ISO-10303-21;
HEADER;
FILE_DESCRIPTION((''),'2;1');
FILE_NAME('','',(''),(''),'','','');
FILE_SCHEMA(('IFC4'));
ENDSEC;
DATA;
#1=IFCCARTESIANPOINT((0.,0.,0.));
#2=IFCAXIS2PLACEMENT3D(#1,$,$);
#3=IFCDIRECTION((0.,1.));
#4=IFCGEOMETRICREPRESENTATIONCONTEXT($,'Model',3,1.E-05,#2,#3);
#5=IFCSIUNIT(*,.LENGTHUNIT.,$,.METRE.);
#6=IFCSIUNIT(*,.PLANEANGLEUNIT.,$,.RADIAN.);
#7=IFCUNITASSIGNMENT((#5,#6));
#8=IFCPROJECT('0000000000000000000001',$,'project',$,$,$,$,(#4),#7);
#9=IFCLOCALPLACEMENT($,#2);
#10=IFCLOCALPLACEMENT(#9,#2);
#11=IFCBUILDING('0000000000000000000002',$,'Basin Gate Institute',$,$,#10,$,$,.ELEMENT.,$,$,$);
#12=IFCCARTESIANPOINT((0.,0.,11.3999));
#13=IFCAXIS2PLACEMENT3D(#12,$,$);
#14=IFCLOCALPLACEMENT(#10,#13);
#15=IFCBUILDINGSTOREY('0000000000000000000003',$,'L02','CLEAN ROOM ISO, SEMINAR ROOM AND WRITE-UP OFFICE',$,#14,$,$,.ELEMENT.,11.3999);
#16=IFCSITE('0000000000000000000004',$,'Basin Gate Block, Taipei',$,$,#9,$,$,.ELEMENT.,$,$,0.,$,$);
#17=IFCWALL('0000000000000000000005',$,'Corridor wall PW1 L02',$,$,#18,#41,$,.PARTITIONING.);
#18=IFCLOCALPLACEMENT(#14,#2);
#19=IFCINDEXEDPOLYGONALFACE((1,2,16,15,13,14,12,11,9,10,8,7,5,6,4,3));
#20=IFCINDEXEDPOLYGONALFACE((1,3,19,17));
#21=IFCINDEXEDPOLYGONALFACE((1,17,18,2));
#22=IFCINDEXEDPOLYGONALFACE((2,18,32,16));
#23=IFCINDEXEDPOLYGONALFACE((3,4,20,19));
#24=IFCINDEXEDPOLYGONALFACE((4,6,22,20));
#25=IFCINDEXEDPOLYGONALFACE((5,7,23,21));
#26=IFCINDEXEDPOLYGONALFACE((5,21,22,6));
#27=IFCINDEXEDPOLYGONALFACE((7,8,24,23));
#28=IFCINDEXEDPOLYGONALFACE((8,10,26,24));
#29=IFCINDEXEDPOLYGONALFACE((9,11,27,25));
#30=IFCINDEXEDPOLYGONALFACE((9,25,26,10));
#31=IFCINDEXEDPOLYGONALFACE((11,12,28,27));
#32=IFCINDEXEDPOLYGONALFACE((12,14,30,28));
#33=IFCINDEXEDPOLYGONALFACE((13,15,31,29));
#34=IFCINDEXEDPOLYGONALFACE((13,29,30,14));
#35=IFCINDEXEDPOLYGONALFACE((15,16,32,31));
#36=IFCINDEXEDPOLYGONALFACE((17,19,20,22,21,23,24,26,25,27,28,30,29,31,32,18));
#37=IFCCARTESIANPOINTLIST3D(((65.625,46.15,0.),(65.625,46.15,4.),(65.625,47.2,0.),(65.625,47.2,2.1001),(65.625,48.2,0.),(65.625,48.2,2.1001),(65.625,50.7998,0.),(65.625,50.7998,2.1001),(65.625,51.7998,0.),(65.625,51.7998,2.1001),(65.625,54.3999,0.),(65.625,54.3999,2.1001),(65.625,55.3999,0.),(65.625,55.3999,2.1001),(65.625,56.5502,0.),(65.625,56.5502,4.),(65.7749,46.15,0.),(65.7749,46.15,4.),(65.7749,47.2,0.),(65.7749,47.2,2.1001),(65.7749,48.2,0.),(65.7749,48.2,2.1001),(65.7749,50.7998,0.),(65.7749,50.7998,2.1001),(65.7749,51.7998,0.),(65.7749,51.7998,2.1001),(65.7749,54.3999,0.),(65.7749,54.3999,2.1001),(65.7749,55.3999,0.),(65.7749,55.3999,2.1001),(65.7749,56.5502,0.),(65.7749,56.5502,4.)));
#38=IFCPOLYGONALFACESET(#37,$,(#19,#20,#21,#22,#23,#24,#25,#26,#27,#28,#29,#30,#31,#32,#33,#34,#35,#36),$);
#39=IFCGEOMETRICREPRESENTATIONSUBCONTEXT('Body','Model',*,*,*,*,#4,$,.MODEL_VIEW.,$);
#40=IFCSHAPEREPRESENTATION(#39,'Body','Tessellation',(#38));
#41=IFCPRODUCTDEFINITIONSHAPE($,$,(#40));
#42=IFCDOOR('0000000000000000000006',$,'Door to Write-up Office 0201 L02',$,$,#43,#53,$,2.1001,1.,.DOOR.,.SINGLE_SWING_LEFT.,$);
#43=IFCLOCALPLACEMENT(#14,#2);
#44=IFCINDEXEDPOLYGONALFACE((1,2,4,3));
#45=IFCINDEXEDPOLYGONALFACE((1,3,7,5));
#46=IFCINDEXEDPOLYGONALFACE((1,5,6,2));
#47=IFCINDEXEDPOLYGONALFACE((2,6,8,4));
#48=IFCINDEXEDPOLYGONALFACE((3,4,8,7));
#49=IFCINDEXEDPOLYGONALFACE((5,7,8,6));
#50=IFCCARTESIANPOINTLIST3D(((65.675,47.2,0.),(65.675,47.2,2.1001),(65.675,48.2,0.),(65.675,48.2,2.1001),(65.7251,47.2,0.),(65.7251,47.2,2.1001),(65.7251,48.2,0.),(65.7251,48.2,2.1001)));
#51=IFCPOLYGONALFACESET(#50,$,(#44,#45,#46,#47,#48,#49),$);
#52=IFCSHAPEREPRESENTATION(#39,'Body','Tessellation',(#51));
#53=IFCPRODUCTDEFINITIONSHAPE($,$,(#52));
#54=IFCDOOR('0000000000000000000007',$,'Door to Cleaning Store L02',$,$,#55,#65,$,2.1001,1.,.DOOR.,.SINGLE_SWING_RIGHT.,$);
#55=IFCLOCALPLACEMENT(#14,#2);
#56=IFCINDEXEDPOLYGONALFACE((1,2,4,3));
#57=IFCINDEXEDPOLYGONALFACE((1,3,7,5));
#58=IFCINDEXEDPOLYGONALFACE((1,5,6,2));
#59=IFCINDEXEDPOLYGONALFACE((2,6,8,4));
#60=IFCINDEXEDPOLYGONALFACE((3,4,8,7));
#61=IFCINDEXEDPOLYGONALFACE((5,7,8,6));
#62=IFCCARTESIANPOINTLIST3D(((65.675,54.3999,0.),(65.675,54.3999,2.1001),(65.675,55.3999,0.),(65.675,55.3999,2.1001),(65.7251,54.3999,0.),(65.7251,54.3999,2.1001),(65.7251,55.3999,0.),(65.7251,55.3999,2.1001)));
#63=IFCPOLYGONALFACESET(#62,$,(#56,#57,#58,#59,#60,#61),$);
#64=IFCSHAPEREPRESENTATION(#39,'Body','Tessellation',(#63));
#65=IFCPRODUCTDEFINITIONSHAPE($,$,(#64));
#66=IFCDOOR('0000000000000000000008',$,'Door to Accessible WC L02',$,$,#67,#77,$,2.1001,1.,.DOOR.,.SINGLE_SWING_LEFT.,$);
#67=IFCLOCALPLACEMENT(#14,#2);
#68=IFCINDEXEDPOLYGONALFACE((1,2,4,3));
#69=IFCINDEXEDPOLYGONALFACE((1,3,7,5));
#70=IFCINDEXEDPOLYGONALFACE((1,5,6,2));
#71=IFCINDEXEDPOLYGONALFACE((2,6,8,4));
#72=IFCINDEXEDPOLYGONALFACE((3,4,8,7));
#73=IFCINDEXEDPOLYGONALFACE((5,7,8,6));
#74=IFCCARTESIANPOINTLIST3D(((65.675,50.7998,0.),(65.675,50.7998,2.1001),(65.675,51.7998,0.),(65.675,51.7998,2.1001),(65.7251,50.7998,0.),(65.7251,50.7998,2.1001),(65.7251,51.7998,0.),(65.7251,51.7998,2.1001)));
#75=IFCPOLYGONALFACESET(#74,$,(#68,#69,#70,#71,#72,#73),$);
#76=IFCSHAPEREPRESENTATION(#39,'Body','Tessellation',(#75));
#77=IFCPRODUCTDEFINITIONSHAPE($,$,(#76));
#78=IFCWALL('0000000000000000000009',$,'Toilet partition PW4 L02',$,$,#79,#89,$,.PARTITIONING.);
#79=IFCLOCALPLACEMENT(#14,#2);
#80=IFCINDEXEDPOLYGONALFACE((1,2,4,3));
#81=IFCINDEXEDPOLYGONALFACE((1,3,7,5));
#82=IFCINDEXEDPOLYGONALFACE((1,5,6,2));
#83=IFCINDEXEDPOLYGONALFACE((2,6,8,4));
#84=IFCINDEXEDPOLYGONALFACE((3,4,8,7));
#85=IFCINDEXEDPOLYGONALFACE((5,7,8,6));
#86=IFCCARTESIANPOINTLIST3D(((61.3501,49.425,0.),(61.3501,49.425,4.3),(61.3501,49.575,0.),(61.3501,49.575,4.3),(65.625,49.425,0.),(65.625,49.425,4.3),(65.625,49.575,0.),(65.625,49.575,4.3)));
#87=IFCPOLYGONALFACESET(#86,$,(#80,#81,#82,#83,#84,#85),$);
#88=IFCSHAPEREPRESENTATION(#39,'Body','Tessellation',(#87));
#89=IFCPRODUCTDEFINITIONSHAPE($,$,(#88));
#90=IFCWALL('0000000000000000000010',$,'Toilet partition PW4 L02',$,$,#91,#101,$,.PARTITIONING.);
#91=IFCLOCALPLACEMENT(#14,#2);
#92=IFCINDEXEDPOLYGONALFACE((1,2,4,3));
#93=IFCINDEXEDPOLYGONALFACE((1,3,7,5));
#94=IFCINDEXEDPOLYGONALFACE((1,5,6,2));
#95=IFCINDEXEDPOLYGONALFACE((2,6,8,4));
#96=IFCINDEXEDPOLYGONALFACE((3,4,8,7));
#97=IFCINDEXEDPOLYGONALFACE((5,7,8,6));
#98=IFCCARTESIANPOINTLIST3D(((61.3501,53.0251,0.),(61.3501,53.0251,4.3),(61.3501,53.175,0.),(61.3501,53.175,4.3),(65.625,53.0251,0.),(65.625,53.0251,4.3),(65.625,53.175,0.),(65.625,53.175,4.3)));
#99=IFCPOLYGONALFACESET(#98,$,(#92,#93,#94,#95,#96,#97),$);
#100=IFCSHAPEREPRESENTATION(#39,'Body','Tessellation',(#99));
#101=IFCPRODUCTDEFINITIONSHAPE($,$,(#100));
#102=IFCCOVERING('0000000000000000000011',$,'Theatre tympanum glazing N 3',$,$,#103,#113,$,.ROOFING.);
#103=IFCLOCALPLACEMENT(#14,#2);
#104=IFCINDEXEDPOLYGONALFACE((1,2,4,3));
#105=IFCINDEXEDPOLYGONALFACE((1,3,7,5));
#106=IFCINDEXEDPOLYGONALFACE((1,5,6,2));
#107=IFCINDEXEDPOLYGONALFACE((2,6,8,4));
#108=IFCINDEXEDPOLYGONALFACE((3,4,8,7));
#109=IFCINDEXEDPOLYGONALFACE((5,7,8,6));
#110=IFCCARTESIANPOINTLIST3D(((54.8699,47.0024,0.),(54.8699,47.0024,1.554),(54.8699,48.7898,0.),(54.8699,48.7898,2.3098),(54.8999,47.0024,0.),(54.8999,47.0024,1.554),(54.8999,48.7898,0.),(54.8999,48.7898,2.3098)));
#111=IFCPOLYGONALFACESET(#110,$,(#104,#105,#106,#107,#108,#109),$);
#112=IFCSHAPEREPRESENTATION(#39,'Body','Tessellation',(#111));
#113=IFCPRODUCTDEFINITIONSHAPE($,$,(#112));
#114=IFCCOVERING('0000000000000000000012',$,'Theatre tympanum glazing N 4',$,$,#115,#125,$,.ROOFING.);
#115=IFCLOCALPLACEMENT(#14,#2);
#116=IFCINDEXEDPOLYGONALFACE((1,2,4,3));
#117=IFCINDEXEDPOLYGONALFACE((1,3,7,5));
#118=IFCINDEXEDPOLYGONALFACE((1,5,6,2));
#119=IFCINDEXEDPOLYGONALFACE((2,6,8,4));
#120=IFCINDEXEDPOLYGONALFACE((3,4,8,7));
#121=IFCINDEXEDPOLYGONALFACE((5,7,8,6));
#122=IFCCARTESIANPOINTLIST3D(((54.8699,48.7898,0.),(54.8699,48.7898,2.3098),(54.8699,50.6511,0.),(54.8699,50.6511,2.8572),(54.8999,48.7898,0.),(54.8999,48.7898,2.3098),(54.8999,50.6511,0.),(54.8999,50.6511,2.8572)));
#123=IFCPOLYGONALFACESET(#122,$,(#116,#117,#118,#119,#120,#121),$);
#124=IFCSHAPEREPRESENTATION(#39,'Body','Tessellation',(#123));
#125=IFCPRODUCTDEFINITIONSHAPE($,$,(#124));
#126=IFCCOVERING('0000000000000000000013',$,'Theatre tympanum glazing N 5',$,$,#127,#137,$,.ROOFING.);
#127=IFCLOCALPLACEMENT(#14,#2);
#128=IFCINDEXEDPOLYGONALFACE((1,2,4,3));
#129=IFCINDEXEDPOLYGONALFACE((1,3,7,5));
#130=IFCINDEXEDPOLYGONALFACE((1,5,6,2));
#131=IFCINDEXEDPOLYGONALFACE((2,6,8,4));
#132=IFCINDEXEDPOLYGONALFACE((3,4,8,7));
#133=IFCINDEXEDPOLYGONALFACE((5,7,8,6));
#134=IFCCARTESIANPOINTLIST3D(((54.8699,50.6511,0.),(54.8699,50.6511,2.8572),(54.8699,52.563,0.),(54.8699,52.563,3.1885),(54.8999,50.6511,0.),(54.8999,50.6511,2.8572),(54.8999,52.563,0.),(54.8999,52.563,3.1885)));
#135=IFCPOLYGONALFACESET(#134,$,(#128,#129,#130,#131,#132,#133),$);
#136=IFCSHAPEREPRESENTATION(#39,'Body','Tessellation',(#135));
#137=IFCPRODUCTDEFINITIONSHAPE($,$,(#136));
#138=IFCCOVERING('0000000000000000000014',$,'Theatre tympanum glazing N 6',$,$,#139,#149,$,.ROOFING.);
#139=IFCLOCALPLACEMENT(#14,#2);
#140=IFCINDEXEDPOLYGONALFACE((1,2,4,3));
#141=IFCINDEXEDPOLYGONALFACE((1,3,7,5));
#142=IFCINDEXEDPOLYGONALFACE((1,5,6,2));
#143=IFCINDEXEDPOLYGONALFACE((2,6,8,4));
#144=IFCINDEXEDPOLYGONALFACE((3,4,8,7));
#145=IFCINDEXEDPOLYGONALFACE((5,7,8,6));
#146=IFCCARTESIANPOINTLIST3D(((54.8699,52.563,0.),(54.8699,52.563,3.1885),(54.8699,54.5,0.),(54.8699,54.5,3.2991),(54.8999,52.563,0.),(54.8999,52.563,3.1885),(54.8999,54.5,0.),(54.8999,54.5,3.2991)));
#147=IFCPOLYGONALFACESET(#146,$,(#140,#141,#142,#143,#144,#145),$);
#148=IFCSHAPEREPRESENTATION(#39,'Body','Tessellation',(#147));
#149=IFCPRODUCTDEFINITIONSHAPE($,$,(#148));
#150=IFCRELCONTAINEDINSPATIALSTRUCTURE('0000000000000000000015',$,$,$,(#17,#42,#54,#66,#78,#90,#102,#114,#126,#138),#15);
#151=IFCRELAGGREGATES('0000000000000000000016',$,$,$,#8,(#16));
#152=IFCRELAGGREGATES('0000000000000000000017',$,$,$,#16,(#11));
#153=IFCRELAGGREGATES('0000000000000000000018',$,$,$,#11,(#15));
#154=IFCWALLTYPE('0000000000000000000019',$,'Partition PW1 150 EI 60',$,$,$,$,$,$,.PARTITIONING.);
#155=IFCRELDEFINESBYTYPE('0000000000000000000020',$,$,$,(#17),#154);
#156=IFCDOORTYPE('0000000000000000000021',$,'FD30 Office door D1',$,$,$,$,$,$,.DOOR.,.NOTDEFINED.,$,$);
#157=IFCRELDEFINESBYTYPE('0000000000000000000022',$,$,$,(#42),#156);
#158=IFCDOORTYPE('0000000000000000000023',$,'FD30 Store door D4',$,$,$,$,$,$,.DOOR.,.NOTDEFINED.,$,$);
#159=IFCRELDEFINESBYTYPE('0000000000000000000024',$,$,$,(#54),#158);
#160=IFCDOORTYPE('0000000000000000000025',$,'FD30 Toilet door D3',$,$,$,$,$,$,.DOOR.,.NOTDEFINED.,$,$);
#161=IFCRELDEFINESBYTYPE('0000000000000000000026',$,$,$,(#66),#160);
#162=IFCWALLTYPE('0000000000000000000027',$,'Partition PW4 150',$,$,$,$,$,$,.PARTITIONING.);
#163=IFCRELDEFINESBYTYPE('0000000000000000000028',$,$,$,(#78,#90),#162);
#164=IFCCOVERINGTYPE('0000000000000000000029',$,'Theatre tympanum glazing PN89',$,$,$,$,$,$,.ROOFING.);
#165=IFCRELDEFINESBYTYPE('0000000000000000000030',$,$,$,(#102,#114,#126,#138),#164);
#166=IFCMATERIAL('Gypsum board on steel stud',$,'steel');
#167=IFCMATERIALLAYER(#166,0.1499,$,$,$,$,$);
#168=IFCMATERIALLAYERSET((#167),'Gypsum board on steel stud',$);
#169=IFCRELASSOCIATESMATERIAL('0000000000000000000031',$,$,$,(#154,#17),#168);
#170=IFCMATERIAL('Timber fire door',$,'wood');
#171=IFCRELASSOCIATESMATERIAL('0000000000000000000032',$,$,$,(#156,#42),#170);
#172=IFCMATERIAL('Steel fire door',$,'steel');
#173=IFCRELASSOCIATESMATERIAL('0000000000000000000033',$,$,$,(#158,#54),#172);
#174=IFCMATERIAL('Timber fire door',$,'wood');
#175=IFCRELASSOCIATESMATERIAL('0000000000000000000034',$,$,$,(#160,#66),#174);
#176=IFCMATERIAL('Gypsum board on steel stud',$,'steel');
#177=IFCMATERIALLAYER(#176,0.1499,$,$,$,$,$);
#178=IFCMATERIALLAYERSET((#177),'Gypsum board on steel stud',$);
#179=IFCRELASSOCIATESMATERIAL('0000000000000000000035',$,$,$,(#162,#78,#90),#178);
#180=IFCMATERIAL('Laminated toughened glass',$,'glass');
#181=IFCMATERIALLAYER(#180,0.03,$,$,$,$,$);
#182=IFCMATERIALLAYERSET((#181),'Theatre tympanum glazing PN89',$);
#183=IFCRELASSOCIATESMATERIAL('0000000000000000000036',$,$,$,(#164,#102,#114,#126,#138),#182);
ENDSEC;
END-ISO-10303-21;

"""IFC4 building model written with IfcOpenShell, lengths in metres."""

from ifc_helpers import new_model, si_unit, direction, frame, frame_2d, origin, place, context, subcontext, project, spatial, polyline, rectangle, outline, extrude, material, layer, layer_set, type_object, element, fill, save


model = new_model("IFC4")

# Units and contexts
model_context = context("Model", 3, precision=1e-05, world=origin(), true_north=direction((0.0, 1.0)))
body_context = subcontext(model_context, "Body", "Model", "MODEL_VIEW")
ifc_project = project(units=[si_unit("LENGTHUNIT", "METRE"), si_unit("PLANEANGLEUNIT", "RADIAN")], contexts=[model_context])

# Site, building, storey
site_placement = place(None, origin())
site = spatial("IfcSite", under=ifc_project, at=site_placement, Name="Basin Gate Block, Taipei", CompositionType="ELEMENT", RefElevation=0.0)
building_placement = place(site_placement, origin())
building = spatial("IfcBuilding", under=site, at=building_placement, Name="Basin Gate Institute", CompositionType="ELEMENT")
storey_placement = place(building_placement, frame((0.0, 0.0, 11.3999)))
storey = spatial("IfcBuildingStorey", under=building, at=storey_placement, Name="L02", Description="CLEAN ROOM ISO, SEMINAR ROOM AND WRITE-UP OFFICE", CompositionType="ELEMENT", Elevation=11.3999)

# Wall, openings, doors
ifc_material_1 = material(Name="Gypsum board on steel stud", Category="steel")
ifc_layer_1 = layer(ifc_material_1, 0.1499)
ifc_layer_set_1 = layer_set([ifc_layer_1], Name="Gypsum board on steel stud")
wall_type_1 = type_object("IfcWallType", Name="Partition PW1 150 EI 60", PredefinedType="PARTITIONING", material=ifc_layer_set_1)
wall_1_placement = place(storey_placement, frame((65.7, 46.1499, 0.0), z_axis=(0.0, 0.0, 1.0), x_axis=(0.0, 1.0, 0.0)))
wall_1 = element("IfcWall", 1, at=wall_1_placement, inside=storey, type_object=wall_type_1, material=ifc_layer_set_1, Name="Corridor wall PW1 L02", PredefinedType="PARTITIONING", context=body_context, shape_type="SweptSolid", body=[
    extrude(rectangle(XDim=10.4001, YDim=0.1499, at=frame_2d((5.2002, 0.0))), origin(), (0.0, 0.0, 1.0), 4.0),
])
opening_1_placement = place(wall_1_placement, frame((4.6499, 0.0, 0.0)))
opening_1 = element("IfcOpeningElement", 2, at=opening_1_placement, cuts=wall_1, PredefinedType="OPENING", context=body_context, shape_type="SweptSolid", body=[
    extrude(rectangle(XDim=1.0, YDim=2.1001, at=frame_2d((0.5, 1.05))), frame((0.0, 0.085, 0.0), z_axis=(0.0, -1.0, 0.0), x_axis=(1.0, 0.0, 0.0)), (0.0, 0.0, 1.0), 0.1699),
])
opening_2_placement = place(wall_1_placement, frame((8.25, 0.0, 0.0)))
opening_2 = element("IfcOpeningElement", 3, at=opening_2_placement, cuts=wall_1, PredefinedType="OPENING", context=body_context, shape_type="SweptSolid", body=[
    extrude(rectangle(XDim=1.0, YDim=2.1001, at=frame_2d((0.5, 1.05))), frame((0.0, 0.085, 0.0), z_axis=(0.0, -1.0, 0.0), x_axis=(1.0, 0.0, 0.0)), (0.0, 0.0, 1.0), 0.1699),
])
opening_3_placement = place(wall_1_placement, frame((1.05, 0.0, 0.0)))
opening_3 = element("IfcOpeningElement", 4, at=opening_3_placement, cuts=wall_1, PredefinedType="OPENING", context=body_context, shape_type="SweptSolid", body=[
    extrude(rectangle(XDim=1.0, YDim=2.1001, at=frame_2d((0.5, 1.05))), frame((0.0, 0.085, 0.0), z_axis=(0.0, -1.0, 0.0), x_axis=(1.0, 0.0, 0.0)), (0.0, 0.0, 1.0), 0.1699),
])
ifc_material_2 = material(Name="Timber fire door", Category="wood")
door_type_1 = type_object("IfcDoorType", Name="FD30 Office door D1", OperationType="NOTDEFINED", PredefinedType="DOOR", material=ifc_material_2)
door_1_placement = place(opening_3_placement, origin())
door_1 = element("IfcDoor", 5, at=door_1_placement, inside=storey, type_object=door_type_1, material=ifc_material_2, Name="Door to Write-up Office 0201 L02", OperationType="SINGLE_SWING_LEFT", OverallHeight=2.1001, OverallWidth=1.0, PredefinedType="DOOR", context=body_context, shape_type="SweptSolid", body=[
    extrude(rectangle(XDim=1.0, YDim=2.1001, at=frame_2d((0.5, 1.05))), frame((0.0, 0.0249, 0.0), z_axis=(0.0, -1.0, 0.0), x_axis=(1.0, 0.0, 0.0)), (0.0, 0.0, 1.0), 0.05),
])
fill(opening_3, door_1)
ifc_material_3 = material(Name="Steel fire door", Category="steel")
door_type_2 = type_object("IfcDoorType", Name="FD30 Store door D4", OperationType="NOTDEFINED", PredefinedType="DOOR", material=ifc_material_3)
door_2_placement = place(opening_2_placement, origin())
door_2 = element("IfcDoor", 6, at=door_2_placement, inside=storey, type_object=door_type_2, material=ifc_material_3, Name="Door to Cleaning Store L02", OperationType="SINGLE_SWING_RIGHT", OverallHeight=2.1001, OverallWidth=1.0, PredefinedType="DOOR", context=body_context, shape_type="SweptSolid", body=[
    extrude(rectangle(XDim=1.0, YDim=2.1001, at=frame_2d((0.5, 1.05))), frame((0.0, 0.0249, 0.0), z_axis=(0.0, -1.0, 0.0), x_axis=(1.0, 0.0, 0.0)), (0.0, 0.0, 1.0), 0.05),
])
fill(opening_2, door_2)
ifc_material_4 = material(Name="Timber fire door", Category="wood")
door_type_3 = type_object("IfcDoorType", Name="FD30 Toilet door D3", OperationType="NOTDEFINED", PredefinedType="DOOR", material=ifc_material_4)
door_3_placement = place(opening_1_placement, origin())
door_3 = element("IfcDoor", 7, at=door_3_placement, inside=storey, type_object=door_type_3, material=ifc_material_4, Name="Door to Accessible WC L02", OperationType="SINGLE_SWING_LEFT", OverallHeight=2.1001, OverallWidth=1.0, PredefinedType="DOOR", context=body_context, shape_type="SweptSolid", body=[
    extrude(rectangle(XDim=1.0, YDim=2.1001, at=frame_2d((0.5, 1.05))), frame((0.0, 0.0249, 0.0), z_axis=(0.0, -1.0, 0.0), x_axis=(1.0, 0.0, 0.0)), (0.0, 0.0, 1.0), 0.05),
])
fill(opening_1, door_3)

# Walls
ifc_material_5 = material(Name="Gypsum board on steel stud", Category="steel")
ifc_layer_2 = layer(ifc_material_5, 0.1499)
ifc_layer_set_2 = layer_set([ifc_layer_2], Name="Gypsum board on steel stud")
wall_type_2 = type_object("IfcWallType", Name="Partition PW4 150", PredefinedType="PARTITIONING", material=ifc_layer_set_2)
for number, where, z_axis, x_axis, name in (
    (8, (61.3501, 49.5, 0.0), (0.0, 0.0, 1.0), (1.0, 0.0, 0.0), "Toilet partition PW4 L02"),
    (9, (61.3501, 53.1001, 0.0), (0.0, 0.0, 1.0), (1.0, 0.0, 0.0), "Toilet partition PW4 L02"),
):
    element("IfcWall", number, at=place(storey_placement, frame(where, z_axis=z_axis, x_axis=x_axis)), inside=storey, type_object=wall_type_2, material=ifc_layer_set_2, Name=name, PredefinedType="PARTITIONING", context=body_context, shape_type="SweptSolid", body=[
        extrude(rectangle(XDim=4.2749, YDim=0.1499, at=frame_2d((2.1375, 0.0))), origin(), (0.0, 0.0, 1.0), 4.3),
    ])

# Coverings
ifc_material_6 = material(Name="Laminated toughened glass", Category="glass")
ifc_layer_3 = layer(ifc_material_6, 0.03)
ifc_layer_set_3 = layer_set([ifc_layer_3], Name="Theatre tympanum glazing PN89")
covering_type = type_object("IfcCoveringType", Name="Theatre tympanum glazing PN89", PredefinedType="ROOFING", material=ifc_layer_set_3)
covering_1_placement = place(storey_placement, frame((54.8999, 47.0024, 0.0), z_axis=(1.0, 0.0, 0.0), x_axis=(0.0, 1.0, 0.0)))
element("IfcCovering", 10, at=covering_1_placement, inside=storey, type_object=covering_type, material=ifc_layer_set_3, Name="Theatre tympanum glazing N 3", PredefinedType="ROOFING", context=body_context, shape_type="SweptSolid", body=[
    extrude(outline(polyline([(0.0, 0.0), (1.7874, 0.0), (1.7874, 2.3098), (0.0, 1.554), (0.0, 0.0)])), origin(), (0.0, 0.0, -1.0), 0.03),
])
covering_2_placement = place(storey_placement, frame((54.8999, 48.7898, 0.0), z_axis=(1.0, 0.0, 0.0), x_axis=(0.0, 1.0, 0.0)))
element("IfcCovering", 11, at=covering_2_placement, inside=storey, type_object=covering_type, material=ifc_layer_set_3, Name="Theatre tympanum glazing N 4", PredefinedType="ROOFING", context=body_context, shape_type="SweptSolid", body=[
    extrude(outline(polyline([(0.0, 0.0), (1.8613, 0.0), (1.8613, 2.8572), (0.0, 2.3098), (0.0, 0.0)])), origin(), (0.0, 0.0, -1.0), 0.03),
])
covering_3_placement = place(storey_placement, frame((54.8999, 50.6511, 0.0), z_axis=(1.0, 0.0, 0.0), x_axis=(0.0, 1.0, 0.0)))
element("IfcCovering", 12, at=covering_3_placement, inside=storey, type_object=covering_type, material=ifc_layer_set_3, Name="Theatre tympanum glazing N 5", PredefinedType="ROOFING", context=body_context, shape_type="SweptSolid", body=[
    extrude(outline(polyline([(0.0, 0.0), (1.9119, 0.0), (1.9119, 3.1885), (0.0, 2.8572), (0.0, 0.0)])), origin(), (0.0, 0.0, -1.0), 0.03),
])
covering_4_placement = place(storey_placement, frame((54.8999, 52.563, 0.0), z_axis=(1.0, 0.0, 0.0), x_axis=(0.0, 1.0, 0.0)))
element("IfcCovering", 13, at=covering_4_placement, inside=storey, type_object=covering_type, material=ifc_layer_set_3, Name="Theatre tympanum glazing N 6", PredefinedType="ROOFING", context=body_context, shape_type="SweptSolid", body=[
    extrude(outline(polyline([(0.0, 0.0), (1.937, 0.0), (1.937, 3.2991), (0.0, 3.1885), (0.0, 0.0)])), origin(), (0.0, 0.0, -1.0), 0.03),
])

save(model, "model.ifc")
